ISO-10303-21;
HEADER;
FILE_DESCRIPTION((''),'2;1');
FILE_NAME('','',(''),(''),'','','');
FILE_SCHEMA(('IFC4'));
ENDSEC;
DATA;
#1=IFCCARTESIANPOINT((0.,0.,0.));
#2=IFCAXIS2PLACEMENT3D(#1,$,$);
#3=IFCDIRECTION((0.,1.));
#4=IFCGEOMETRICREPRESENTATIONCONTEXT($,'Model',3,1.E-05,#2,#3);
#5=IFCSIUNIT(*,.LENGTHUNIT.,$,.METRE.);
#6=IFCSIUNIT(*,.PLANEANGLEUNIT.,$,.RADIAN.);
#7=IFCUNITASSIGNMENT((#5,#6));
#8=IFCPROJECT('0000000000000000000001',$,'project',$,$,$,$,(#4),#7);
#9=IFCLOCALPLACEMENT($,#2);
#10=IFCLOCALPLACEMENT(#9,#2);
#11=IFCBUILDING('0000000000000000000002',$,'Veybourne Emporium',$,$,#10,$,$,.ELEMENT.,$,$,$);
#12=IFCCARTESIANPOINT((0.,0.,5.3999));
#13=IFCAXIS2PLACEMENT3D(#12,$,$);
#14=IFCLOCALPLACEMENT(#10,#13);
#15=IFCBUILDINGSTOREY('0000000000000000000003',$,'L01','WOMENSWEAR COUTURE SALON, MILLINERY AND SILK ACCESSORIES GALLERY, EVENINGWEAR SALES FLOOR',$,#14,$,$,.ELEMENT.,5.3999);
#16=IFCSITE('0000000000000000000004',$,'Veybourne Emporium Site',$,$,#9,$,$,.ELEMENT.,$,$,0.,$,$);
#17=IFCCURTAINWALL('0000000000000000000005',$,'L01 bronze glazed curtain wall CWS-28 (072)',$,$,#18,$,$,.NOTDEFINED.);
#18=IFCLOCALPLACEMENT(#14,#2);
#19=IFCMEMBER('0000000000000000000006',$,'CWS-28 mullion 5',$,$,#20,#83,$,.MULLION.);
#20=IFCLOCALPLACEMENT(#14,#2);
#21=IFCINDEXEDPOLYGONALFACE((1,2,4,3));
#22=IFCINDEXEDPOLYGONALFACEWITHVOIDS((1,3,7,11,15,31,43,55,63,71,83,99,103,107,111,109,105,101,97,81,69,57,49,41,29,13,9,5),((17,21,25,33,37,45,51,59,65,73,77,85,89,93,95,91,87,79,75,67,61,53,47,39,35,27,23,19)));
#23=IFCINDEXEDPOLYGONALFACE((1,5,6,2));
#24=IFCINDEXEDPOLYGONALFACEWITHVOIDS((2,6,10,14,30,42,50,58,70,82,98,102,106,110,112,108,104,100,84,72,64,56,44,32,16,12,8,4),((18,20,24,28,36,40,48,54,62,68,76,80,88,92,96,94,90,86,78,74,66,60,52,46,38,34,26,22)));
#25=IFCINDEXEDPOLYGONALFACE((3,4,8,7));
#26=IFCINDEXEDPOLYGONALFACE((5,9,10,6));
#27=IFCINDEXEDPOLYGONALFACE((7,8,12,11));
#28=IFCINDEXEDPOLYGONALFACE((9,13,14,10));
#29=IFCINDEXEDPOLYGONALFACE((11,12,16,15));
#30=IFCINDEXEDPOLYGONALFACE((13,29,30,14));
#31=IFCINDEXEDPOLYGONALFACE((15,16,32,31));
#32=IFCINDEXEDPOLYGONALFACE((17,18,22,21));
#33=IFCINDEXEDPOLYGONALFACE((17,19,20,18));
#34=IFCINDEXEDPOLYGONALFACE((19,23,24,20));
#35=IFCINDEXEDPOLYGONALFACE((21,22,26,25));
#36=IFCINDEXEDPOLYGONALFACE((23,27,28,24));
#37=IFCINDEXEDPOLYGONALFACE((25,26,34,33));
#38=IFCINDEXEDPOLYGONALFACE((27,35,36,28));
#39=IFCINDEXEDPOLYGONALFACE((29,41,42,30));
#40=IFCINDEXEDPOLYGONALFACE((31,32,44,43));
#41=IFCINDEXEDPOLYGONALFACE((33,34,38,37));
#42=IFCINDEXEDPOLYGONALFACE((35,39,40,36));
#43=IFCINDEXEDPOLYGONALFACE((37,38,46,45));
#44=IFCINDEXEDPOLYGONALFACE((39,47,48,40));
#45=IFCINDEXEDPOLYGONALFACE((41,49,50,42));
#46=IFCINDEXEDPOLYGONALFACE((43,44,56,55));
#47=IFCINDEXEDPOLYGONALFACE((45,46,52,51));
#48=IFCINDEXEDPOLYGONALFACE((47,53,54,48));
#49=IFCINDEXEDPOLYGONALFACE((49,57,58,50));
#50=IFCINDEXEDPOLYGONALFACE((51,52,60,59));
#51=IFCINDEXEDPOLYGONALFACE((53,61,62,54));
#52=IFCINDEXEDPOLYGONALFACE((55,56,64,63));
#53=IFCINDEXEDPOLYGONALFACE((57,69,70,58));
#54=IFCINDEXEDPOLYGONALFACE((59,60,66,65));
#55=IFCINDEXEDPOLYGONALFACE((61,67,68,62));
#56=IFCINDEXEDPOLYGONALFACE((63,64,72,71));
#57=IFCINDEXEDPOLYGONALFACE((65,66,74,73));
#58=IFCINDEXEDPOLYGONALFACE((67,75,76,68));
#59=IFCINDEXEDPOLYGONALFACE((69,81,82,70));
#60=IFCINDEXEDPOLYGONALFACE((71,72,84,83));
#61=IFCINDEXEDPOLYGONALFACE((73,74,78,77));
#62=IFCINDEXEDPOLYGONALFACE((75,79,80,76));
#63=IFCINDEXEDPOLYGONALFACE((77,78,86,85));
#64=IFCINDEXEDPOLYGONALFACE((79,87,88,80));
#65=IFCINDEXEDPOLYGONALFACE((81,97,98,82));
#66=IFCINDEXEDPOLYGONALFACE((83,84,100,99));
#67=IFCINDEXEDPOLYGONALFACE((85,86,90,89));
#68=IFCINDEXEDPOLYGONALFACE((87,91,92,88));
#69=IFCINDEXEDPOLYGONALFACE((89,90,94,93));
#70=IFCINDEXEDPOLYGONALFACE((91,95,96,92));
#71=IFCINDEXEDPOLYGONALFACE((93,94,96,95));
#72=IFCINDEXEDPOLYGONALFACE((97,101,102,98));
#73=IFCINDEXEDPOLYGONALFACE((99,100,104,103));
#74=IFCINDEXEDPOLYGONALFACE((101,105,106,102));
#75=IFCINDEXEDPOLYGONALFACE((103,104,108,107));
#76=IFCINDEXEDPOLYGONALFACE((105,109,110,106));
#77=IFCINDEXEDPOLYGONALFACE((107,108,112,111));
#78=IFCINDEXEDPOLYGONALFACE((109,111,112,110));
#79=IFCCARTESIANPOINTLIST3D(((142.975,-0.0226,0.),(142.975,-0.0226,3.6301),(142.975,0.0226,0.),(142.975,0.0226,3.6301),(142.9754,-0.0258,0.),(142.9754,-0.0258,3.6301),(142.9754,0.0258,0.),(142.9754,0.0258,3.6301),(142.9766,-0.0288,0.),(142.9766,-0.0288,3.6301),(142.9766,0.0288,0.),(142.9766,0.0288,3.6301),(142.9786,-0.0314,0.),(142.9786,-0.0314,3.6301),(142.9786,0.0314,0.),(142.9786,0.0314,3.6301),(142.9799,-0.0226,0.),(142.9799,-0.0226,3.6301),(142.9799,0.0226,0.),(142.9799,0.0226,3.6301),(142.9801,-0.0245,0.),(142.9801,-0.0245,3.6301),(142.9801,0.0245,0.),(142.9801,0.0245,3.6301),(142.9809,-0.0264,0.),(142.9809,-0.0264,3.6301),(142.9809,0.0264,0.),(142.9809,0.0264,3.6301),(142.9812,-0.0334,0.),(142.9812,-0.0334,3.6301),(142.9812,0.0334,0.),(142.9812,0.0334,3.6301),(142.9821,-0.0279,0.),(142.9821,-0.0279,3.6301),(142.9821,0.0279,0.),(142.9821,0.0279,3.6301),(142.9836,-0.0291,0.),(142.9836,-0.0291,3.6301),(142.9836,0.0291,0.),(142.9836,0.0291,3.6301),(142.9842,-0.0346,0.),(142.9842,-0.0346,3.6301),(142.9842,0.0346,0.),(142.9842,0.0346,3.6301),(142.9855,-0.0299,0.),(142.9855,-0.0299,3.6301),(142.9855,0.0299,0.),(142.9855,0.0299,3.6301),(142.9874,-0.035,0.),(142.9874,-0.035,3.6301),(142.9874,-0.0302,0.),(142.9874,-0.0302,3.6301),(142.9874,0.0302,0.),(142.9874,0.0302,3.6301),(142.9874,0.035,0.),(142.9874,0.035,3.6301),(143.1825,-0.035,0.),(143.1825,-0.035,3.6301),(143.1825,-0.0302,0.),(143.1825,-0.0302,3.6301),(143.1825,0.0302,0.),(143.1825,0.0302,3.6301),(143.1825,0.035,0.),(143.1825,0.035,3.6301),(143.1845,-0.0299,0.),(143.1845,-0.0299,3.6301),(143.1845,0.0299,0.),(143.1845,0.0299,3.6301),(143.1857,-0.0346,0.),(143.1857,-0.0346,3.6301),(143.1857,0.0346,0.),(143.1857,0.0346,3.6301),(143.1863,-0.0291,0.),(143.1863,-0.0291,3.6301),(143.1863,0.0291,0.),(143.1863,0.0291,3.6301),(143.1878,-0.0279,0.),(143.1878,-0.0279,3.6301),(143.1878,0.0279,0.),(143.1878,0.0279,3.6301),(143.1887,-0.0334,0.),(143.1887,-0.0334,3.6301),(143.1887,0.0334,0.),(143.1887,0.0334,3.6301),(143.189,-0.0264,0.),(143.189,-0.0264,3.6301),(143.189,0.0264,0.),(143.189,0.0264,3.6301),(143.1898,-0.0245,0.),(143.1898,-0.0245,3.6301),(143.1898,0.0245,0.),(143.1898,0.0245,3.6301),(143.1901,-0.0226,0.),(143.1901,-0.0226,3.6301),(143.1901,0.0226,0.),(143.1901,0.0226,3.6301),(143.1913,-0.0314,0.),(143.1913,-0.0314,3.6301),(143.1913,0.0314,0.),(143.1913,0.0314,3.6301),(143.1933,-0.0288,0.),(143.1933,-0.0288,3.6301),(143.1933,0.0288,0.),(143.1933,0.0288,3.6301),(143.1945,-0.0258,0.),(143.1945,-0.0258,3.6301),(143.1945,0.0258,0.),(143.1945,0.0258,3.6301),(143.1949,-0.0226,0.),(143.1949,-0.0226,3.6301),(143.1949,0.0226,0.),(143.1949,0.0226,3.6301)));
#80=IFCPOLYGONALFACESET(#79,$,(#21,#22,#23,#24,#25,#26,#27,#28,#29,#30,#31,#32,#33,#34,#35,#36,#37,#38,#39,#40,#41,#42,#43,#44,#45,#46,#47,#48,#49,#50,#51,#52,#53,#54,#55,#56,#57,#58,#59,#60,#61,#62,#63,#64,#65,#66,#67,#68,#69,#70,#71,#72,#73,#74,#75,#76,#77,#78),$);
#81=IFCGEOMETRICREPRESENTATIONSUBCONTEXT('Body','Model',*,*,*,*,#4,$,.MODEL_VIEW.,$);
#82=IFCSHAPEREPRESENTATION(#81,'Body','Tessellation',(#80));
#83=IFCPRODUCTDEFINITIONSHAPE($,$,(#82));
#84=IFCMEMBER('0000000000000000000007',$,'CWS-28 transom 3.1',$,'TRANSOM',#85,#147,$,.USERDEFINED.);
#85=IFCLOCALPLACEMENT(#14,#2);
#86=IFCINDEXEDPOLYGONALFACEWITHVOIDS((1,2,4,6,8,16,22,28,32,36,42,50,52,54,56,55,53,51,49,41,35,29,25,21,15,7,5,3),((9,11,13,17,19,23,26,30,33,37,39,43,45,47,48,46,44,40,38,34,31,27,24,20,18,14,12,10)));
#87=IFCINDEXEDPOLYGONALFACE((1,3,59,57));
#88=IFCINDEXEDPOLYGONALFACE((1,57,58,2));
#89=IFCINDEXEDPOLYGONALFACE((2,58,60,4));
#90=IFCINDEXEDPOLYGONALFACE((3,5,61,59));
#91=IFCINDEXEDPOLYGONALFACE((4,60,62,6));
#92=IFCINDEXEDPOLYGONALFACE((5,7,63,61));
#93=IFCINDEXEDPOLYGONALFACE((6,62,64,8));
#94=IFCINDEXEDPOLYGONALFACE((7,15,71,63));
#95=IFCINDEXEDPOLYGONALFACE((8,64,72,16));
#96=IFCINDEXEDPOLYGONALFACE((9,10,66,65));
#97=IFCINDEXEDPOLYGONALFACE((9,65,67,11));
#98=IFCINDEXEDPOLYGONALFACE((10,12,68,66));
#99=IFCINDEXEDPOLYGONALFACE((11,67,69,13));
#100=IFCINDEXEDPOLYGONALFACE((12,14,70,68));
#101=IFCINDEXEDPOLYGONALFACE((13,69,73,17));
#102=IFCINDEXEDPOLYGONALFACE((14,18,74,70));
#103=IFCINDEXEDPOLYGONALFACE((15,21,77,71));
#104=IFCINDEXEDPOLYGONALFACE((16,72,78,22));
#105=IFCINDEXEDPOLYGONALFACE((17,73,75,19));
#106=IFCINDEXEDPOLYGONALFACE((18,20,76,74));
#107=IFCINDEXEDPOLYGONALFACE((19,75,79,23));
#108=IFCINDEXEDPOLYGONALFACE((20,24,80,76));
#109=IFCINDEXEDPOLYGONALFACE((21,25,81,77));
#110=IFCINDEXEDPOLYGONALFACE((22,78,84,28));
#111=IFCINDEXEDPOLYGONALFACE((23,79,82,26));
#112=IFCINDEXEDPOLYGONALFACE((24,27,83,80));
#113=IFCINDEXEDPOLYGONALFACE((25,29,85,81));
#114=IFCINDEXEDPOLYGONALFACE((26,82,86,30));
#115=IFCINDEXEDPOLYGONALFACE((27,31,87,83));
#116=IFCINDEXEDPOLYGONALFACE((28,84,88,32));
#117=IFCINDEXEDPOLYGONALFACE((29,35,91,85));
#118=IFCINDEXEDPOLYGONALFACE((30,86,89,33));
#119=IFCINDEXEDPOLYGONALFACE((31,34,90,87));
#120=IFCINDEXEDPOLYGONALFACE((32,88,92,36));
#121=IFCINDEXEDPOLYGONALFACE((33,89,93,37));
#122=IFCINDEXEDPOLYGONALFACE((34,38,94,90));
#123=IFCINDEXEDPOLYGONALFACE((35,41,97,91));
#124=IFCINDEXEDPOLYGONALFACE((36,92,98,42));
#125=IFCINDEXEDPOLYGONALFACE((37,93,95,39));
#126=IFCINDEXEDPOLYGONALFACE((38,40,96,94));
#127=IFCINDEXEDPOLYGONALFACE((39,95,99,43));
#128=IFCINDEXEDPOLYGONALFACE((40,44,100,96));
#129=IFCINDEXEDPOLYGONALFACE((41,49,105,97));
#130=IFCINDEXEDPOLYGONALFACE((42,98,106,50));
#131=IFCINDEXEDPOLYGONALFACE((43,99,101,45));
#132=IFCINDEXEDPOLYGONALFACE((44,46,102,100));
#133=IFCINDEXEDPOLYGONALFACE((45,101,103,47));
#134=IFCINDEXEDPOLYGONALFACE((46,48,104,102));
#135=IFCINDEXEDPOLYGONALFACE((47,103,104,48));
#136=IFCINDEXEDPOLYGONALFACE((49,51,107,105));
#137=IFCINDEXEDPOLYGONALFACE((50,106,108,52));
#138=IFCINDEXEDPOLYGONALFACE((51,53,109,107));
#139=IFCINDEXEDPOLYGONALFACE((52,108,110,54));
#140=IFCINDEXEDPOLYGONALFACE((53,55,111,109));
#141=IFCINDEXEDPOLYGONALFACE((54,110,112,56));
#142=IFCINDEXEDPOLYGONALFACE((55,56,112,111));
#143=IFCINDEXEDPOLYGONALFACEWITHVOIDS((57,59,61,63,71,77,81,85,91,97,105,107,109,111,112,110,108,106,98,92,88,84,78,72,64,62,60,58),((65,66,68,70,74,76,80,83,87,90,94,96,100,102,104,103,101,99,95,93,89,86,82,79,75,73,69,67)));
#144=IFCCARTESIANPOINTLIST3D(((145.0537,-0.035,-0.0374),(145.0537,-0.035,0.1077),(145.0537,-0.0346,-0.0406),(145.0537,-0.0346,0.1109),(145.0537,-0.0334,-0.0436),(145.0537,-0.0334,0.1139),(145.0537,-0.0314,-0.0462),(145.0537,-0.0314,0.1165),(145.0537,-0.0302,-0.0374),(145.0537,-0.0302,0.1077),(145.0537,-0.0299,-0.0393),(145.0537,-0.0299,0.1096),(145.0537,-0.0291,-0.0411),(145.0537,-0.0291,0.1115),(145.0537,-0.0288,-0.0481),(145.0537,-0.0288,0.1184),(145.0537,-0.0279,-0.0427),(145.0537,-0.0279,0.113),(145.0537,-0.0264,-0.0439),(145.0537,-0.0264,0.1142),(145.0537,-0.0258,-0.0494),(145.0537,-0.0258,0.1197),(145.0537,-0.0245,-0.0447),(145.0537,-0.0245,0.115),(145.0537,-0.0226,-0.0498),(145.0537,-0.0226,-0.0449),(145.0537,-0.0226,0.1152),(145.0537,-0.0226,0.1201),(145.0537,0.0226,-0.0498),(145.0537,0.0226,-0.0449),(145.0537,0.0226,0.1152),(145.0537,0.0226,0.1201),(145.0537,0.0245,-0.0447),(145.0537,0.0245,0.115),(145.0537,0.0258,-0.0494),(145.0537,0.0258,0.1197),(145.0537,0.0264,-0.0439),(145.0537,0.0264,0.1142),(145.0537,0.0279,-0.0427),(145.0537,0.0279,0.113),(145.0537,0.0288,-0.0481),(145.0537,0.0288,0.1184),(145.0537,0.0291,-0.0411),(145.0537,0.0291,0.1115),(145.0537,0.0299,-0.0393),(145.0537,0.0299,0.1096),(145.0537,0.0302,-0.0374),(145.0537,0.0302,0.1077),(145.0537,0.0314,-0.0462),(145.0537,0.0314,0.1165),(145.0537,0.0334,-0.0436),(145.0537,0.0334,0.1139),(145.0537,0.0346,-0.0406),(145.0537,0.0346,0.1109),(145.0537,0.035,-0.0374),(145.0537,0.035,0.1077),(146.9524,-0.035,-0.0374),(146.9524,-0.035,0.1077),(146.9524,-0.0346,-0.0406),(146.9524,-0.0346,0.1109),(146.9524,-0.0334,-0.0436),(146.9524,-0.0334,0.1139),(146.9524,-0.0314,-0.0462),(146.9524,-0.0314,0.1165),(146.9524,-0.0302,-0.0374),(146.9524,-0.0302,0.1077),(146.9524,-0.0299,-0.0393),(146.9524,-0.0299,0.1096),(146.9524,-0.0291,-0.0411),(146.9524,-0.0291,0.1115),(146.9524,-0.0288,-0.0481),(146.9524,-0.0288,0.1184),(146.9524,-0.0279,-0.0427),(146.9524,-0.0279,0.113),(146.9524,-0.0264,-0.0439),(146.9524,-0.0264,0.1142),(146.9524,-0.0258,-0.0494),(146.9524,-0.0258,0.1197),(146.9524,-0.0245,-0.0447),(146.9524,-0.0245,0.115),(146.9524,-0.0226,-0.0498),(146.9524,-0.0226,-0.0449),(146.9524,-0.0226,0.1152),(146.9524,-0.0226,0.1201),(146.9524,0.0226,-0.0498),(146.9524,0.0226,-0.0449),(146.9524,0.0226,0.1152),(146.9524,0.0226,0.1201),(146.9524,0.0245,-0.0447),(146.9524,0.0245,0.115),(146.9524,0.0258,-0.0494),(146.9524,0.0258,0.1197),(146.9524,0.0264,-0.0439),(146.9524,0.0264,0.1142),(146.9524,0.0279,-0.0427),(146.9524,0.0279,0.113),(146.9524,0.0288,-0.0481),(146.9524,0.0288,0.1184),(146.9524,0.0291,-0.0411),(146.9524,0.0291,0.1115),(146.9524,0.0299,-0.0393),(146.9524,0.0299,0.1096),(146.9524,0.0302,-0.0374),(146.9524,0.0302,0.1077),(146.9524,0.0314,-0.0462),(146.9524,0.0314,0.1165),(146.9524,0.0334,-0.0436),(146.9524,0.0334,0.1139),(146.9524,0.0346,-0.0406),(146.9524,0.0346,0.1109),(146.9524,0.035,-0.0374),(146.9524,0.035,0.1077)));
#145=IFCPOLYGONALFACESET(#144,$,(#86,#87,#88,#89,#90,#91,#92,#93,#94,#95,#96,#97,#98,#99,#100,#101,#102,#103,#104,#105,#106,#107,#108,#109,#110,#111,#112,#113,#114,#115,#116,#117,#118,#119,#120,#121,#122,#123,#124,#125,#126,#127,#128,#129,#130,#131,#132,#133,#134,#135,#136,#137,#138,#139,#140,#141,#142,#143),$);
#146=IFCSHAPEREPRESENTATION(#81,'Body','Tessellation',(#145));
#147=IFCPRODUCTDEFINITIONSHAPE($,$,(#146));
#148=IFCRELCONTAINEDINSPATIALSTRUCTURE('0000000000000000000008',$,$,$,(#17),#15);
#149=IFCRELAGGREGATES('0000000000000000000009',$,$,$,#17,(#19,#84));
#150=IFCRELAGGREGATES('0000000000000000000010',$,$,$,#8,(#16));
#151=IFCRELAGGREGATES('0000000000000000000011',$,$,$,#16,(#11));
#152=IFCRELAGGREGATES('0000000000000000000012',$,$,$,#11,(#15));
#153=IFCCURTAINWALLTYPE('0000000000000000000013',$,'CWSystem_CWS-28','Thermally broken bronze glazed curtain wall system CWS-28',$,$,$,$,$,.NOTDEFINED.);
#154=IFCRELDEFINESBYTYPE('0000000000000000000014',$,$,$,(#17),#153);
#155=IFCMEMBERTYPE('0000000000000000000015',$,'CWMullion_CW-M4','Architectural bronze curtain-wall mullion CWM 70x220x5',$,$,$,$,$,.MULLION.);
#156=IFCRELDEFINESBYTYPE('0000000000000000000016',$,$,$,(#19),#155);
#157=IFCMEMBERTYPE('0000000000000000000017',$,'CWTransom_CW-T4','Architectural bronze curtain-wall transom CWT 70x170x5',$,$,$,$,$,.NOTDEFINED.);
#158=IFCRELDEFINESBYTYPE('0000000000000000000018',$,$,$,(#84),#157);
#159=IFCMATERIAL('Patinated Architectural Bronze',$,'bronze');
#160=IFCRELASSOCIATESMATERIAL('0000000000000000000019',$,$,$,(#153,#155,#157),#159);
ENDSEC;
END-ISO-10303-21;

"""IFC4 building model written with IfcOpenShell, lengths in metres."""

from ifc_helpers import new_model, si_unit, direction, frame, origin, origin_2d, place, context, subcontext, project, spatial, hollow_rectangle, extrude, material, material_profile, profile_set, type_object, element, aggregate, save


model = new_model("IFC4")

# Units and contexts
model_context = context("Model", 3, precision=1e-05, world=origin(), true_north=direction((0.0, 1.0)))
body_context = subcontext(model_context, "Body", "Model", "MODEL_VIEW")
ifc_project = project(units=[si_unit("LENGTHUNIT", "METRE"), si_unit("PLANEANGLEUNIT", "RADIAN")], contexts=[model_context])

# Site, building, storey
site_placement = place(None, origin())
site = spatial("IfcSite", under=ifc_project, at=site_placement, Name="Veybourne Emporium Site", CompositionType="ELEMENT", RefElevation=0.0)
building_placement = place(site_placement, origin())
building = spatial("IfcBuilding", under=site, at=building_placement, Name="Veybourne Emporium", CompositionType="ELEMENT")
storey_placement = place(building_placement, frame((0.0, 0.0, 5.3999)))
storey = spatial("IfcBuildingStorey", under=building, at=storey_placement, Name="L01", Description="WOMENSWEAR COUTURE SALON, MILLINERY AND SILK ACCESSORIES GALLERY, EVENINGWEAR SALES FLOOR", CompositionType="ELEMENT", Elevation=5.3999)

# Curtain wall, members
ifc_material_1 = material(Name="Patinated Architectural Bronze", Category="bronze")
curtain_wall_type = type_object("IfcCurtainWallType", Name="CWSystem_CWS-28", Description="Thermally broken bronze glazed curtain wall system CWS-28", PredefinedType="NOTDEFINED", material=ifc_material_1)
curtain_wall_placement = place(storey_placement, origin())
curtain_wall = element("IfcCurtainWall", 1, at=curtain_wall_placement, inside=storey, type_object=curtain_wall_type, Name="L01 bronze glazed curtain wall CWS-28 (072)", PredefinedType="NOTDEFINED")
ifc_material_profile_1 = material_profile(ifc_material_1, hollow_rectangle(XDim=0.0701, YDim=0.22, WallThickness=0.0049, InnerFilletRadius=0.0076, OuterFilletRadius=0.0125, at=origin_2d()), Name="CWM 70x220x5")
ifc_profile_set_1 = profile_set([ifc_material_profile_1], Name="Patinated Architectural Bronze")
member_type_1 = type_object("IfcMemberType", Name="CWMullion_CW-M4", Description="Architectural bronze curtain-wall mullion CWM 70x220x5", PredefinedType="MULLION", material=ifc_profile_set_1)
member_1_placement = place(storey_placement, frame((143.085, 0.0, 0.0), z_axis=(0.0, 0.0, 1.0), x_axis=(0.0, -1.0, 0.0)))
member_1 = element("IfcMember", 2, at=member_1_placement, type_object=member_type_1, Name="CWS-28 mullion 5", PredefinedType="MULLION", context=body_context, shape_type="SweptSolid", body=[
    extrude(hollow_rectangle(XDim=0.0701, YDim=0.22, WallThickness=0.0049, InnerFilletRadius=0.0076, OuterFilletRadius=0.0125, at=origin_2d()), origin(), (0.0, 0.0, 1.0), 3.6301),
])
ifc_material_profile_2 = material_profile(ifc_material_1, hollow_rectangle(XDim=0.0701, YDim=0.1699, WallThickness=0.0049, InnerFilletRadius=0.0076, OuterFilletRadius=0.0125, at=origin_2d()), Name="CWT 70x170x5")
ifc_profile_set_2 = profile_set([ifc_material_profile_2], Name="Patinated Architectural Bronze")
member_type_2 = type_object("IfcMemberType", Name="CWTransom_CW-T4", Description="Architectural bronze curtain-wall transom CWT 70x170x5", PredefinedType="NOTDEFINED", material=ifc_profile_set_2)
member_2_placement = place(storey_placement, frame((146.9524, 0.0, 0.0352), z_axis=(-1.0, 0.0, 0.0), x_axis=(0.0, -1.0, 0.0)))
member_2 = element("IfcMember", 3, at=member_2_placement, type_object=member_type_2, Name="CWS-28 transom 3.1", ObjectType="TRANSOM", PredefinedType="USERDEFINED", context=body_context, shape_type="SweptSolid", body=[
    extrude(hollow_rectangle(XDim=0.0701, YDim=0.1699, WallThickness=0.0049, InnerFilletRadius=0.0076, OuterFilletRadius=0.0125, at=origin_2d()), origin(), (0.0, 0.0, 1.0), 1.8987),
])

aggregate(curtain_wall, [member_1, member_2])

save(model, "model.ifc")
